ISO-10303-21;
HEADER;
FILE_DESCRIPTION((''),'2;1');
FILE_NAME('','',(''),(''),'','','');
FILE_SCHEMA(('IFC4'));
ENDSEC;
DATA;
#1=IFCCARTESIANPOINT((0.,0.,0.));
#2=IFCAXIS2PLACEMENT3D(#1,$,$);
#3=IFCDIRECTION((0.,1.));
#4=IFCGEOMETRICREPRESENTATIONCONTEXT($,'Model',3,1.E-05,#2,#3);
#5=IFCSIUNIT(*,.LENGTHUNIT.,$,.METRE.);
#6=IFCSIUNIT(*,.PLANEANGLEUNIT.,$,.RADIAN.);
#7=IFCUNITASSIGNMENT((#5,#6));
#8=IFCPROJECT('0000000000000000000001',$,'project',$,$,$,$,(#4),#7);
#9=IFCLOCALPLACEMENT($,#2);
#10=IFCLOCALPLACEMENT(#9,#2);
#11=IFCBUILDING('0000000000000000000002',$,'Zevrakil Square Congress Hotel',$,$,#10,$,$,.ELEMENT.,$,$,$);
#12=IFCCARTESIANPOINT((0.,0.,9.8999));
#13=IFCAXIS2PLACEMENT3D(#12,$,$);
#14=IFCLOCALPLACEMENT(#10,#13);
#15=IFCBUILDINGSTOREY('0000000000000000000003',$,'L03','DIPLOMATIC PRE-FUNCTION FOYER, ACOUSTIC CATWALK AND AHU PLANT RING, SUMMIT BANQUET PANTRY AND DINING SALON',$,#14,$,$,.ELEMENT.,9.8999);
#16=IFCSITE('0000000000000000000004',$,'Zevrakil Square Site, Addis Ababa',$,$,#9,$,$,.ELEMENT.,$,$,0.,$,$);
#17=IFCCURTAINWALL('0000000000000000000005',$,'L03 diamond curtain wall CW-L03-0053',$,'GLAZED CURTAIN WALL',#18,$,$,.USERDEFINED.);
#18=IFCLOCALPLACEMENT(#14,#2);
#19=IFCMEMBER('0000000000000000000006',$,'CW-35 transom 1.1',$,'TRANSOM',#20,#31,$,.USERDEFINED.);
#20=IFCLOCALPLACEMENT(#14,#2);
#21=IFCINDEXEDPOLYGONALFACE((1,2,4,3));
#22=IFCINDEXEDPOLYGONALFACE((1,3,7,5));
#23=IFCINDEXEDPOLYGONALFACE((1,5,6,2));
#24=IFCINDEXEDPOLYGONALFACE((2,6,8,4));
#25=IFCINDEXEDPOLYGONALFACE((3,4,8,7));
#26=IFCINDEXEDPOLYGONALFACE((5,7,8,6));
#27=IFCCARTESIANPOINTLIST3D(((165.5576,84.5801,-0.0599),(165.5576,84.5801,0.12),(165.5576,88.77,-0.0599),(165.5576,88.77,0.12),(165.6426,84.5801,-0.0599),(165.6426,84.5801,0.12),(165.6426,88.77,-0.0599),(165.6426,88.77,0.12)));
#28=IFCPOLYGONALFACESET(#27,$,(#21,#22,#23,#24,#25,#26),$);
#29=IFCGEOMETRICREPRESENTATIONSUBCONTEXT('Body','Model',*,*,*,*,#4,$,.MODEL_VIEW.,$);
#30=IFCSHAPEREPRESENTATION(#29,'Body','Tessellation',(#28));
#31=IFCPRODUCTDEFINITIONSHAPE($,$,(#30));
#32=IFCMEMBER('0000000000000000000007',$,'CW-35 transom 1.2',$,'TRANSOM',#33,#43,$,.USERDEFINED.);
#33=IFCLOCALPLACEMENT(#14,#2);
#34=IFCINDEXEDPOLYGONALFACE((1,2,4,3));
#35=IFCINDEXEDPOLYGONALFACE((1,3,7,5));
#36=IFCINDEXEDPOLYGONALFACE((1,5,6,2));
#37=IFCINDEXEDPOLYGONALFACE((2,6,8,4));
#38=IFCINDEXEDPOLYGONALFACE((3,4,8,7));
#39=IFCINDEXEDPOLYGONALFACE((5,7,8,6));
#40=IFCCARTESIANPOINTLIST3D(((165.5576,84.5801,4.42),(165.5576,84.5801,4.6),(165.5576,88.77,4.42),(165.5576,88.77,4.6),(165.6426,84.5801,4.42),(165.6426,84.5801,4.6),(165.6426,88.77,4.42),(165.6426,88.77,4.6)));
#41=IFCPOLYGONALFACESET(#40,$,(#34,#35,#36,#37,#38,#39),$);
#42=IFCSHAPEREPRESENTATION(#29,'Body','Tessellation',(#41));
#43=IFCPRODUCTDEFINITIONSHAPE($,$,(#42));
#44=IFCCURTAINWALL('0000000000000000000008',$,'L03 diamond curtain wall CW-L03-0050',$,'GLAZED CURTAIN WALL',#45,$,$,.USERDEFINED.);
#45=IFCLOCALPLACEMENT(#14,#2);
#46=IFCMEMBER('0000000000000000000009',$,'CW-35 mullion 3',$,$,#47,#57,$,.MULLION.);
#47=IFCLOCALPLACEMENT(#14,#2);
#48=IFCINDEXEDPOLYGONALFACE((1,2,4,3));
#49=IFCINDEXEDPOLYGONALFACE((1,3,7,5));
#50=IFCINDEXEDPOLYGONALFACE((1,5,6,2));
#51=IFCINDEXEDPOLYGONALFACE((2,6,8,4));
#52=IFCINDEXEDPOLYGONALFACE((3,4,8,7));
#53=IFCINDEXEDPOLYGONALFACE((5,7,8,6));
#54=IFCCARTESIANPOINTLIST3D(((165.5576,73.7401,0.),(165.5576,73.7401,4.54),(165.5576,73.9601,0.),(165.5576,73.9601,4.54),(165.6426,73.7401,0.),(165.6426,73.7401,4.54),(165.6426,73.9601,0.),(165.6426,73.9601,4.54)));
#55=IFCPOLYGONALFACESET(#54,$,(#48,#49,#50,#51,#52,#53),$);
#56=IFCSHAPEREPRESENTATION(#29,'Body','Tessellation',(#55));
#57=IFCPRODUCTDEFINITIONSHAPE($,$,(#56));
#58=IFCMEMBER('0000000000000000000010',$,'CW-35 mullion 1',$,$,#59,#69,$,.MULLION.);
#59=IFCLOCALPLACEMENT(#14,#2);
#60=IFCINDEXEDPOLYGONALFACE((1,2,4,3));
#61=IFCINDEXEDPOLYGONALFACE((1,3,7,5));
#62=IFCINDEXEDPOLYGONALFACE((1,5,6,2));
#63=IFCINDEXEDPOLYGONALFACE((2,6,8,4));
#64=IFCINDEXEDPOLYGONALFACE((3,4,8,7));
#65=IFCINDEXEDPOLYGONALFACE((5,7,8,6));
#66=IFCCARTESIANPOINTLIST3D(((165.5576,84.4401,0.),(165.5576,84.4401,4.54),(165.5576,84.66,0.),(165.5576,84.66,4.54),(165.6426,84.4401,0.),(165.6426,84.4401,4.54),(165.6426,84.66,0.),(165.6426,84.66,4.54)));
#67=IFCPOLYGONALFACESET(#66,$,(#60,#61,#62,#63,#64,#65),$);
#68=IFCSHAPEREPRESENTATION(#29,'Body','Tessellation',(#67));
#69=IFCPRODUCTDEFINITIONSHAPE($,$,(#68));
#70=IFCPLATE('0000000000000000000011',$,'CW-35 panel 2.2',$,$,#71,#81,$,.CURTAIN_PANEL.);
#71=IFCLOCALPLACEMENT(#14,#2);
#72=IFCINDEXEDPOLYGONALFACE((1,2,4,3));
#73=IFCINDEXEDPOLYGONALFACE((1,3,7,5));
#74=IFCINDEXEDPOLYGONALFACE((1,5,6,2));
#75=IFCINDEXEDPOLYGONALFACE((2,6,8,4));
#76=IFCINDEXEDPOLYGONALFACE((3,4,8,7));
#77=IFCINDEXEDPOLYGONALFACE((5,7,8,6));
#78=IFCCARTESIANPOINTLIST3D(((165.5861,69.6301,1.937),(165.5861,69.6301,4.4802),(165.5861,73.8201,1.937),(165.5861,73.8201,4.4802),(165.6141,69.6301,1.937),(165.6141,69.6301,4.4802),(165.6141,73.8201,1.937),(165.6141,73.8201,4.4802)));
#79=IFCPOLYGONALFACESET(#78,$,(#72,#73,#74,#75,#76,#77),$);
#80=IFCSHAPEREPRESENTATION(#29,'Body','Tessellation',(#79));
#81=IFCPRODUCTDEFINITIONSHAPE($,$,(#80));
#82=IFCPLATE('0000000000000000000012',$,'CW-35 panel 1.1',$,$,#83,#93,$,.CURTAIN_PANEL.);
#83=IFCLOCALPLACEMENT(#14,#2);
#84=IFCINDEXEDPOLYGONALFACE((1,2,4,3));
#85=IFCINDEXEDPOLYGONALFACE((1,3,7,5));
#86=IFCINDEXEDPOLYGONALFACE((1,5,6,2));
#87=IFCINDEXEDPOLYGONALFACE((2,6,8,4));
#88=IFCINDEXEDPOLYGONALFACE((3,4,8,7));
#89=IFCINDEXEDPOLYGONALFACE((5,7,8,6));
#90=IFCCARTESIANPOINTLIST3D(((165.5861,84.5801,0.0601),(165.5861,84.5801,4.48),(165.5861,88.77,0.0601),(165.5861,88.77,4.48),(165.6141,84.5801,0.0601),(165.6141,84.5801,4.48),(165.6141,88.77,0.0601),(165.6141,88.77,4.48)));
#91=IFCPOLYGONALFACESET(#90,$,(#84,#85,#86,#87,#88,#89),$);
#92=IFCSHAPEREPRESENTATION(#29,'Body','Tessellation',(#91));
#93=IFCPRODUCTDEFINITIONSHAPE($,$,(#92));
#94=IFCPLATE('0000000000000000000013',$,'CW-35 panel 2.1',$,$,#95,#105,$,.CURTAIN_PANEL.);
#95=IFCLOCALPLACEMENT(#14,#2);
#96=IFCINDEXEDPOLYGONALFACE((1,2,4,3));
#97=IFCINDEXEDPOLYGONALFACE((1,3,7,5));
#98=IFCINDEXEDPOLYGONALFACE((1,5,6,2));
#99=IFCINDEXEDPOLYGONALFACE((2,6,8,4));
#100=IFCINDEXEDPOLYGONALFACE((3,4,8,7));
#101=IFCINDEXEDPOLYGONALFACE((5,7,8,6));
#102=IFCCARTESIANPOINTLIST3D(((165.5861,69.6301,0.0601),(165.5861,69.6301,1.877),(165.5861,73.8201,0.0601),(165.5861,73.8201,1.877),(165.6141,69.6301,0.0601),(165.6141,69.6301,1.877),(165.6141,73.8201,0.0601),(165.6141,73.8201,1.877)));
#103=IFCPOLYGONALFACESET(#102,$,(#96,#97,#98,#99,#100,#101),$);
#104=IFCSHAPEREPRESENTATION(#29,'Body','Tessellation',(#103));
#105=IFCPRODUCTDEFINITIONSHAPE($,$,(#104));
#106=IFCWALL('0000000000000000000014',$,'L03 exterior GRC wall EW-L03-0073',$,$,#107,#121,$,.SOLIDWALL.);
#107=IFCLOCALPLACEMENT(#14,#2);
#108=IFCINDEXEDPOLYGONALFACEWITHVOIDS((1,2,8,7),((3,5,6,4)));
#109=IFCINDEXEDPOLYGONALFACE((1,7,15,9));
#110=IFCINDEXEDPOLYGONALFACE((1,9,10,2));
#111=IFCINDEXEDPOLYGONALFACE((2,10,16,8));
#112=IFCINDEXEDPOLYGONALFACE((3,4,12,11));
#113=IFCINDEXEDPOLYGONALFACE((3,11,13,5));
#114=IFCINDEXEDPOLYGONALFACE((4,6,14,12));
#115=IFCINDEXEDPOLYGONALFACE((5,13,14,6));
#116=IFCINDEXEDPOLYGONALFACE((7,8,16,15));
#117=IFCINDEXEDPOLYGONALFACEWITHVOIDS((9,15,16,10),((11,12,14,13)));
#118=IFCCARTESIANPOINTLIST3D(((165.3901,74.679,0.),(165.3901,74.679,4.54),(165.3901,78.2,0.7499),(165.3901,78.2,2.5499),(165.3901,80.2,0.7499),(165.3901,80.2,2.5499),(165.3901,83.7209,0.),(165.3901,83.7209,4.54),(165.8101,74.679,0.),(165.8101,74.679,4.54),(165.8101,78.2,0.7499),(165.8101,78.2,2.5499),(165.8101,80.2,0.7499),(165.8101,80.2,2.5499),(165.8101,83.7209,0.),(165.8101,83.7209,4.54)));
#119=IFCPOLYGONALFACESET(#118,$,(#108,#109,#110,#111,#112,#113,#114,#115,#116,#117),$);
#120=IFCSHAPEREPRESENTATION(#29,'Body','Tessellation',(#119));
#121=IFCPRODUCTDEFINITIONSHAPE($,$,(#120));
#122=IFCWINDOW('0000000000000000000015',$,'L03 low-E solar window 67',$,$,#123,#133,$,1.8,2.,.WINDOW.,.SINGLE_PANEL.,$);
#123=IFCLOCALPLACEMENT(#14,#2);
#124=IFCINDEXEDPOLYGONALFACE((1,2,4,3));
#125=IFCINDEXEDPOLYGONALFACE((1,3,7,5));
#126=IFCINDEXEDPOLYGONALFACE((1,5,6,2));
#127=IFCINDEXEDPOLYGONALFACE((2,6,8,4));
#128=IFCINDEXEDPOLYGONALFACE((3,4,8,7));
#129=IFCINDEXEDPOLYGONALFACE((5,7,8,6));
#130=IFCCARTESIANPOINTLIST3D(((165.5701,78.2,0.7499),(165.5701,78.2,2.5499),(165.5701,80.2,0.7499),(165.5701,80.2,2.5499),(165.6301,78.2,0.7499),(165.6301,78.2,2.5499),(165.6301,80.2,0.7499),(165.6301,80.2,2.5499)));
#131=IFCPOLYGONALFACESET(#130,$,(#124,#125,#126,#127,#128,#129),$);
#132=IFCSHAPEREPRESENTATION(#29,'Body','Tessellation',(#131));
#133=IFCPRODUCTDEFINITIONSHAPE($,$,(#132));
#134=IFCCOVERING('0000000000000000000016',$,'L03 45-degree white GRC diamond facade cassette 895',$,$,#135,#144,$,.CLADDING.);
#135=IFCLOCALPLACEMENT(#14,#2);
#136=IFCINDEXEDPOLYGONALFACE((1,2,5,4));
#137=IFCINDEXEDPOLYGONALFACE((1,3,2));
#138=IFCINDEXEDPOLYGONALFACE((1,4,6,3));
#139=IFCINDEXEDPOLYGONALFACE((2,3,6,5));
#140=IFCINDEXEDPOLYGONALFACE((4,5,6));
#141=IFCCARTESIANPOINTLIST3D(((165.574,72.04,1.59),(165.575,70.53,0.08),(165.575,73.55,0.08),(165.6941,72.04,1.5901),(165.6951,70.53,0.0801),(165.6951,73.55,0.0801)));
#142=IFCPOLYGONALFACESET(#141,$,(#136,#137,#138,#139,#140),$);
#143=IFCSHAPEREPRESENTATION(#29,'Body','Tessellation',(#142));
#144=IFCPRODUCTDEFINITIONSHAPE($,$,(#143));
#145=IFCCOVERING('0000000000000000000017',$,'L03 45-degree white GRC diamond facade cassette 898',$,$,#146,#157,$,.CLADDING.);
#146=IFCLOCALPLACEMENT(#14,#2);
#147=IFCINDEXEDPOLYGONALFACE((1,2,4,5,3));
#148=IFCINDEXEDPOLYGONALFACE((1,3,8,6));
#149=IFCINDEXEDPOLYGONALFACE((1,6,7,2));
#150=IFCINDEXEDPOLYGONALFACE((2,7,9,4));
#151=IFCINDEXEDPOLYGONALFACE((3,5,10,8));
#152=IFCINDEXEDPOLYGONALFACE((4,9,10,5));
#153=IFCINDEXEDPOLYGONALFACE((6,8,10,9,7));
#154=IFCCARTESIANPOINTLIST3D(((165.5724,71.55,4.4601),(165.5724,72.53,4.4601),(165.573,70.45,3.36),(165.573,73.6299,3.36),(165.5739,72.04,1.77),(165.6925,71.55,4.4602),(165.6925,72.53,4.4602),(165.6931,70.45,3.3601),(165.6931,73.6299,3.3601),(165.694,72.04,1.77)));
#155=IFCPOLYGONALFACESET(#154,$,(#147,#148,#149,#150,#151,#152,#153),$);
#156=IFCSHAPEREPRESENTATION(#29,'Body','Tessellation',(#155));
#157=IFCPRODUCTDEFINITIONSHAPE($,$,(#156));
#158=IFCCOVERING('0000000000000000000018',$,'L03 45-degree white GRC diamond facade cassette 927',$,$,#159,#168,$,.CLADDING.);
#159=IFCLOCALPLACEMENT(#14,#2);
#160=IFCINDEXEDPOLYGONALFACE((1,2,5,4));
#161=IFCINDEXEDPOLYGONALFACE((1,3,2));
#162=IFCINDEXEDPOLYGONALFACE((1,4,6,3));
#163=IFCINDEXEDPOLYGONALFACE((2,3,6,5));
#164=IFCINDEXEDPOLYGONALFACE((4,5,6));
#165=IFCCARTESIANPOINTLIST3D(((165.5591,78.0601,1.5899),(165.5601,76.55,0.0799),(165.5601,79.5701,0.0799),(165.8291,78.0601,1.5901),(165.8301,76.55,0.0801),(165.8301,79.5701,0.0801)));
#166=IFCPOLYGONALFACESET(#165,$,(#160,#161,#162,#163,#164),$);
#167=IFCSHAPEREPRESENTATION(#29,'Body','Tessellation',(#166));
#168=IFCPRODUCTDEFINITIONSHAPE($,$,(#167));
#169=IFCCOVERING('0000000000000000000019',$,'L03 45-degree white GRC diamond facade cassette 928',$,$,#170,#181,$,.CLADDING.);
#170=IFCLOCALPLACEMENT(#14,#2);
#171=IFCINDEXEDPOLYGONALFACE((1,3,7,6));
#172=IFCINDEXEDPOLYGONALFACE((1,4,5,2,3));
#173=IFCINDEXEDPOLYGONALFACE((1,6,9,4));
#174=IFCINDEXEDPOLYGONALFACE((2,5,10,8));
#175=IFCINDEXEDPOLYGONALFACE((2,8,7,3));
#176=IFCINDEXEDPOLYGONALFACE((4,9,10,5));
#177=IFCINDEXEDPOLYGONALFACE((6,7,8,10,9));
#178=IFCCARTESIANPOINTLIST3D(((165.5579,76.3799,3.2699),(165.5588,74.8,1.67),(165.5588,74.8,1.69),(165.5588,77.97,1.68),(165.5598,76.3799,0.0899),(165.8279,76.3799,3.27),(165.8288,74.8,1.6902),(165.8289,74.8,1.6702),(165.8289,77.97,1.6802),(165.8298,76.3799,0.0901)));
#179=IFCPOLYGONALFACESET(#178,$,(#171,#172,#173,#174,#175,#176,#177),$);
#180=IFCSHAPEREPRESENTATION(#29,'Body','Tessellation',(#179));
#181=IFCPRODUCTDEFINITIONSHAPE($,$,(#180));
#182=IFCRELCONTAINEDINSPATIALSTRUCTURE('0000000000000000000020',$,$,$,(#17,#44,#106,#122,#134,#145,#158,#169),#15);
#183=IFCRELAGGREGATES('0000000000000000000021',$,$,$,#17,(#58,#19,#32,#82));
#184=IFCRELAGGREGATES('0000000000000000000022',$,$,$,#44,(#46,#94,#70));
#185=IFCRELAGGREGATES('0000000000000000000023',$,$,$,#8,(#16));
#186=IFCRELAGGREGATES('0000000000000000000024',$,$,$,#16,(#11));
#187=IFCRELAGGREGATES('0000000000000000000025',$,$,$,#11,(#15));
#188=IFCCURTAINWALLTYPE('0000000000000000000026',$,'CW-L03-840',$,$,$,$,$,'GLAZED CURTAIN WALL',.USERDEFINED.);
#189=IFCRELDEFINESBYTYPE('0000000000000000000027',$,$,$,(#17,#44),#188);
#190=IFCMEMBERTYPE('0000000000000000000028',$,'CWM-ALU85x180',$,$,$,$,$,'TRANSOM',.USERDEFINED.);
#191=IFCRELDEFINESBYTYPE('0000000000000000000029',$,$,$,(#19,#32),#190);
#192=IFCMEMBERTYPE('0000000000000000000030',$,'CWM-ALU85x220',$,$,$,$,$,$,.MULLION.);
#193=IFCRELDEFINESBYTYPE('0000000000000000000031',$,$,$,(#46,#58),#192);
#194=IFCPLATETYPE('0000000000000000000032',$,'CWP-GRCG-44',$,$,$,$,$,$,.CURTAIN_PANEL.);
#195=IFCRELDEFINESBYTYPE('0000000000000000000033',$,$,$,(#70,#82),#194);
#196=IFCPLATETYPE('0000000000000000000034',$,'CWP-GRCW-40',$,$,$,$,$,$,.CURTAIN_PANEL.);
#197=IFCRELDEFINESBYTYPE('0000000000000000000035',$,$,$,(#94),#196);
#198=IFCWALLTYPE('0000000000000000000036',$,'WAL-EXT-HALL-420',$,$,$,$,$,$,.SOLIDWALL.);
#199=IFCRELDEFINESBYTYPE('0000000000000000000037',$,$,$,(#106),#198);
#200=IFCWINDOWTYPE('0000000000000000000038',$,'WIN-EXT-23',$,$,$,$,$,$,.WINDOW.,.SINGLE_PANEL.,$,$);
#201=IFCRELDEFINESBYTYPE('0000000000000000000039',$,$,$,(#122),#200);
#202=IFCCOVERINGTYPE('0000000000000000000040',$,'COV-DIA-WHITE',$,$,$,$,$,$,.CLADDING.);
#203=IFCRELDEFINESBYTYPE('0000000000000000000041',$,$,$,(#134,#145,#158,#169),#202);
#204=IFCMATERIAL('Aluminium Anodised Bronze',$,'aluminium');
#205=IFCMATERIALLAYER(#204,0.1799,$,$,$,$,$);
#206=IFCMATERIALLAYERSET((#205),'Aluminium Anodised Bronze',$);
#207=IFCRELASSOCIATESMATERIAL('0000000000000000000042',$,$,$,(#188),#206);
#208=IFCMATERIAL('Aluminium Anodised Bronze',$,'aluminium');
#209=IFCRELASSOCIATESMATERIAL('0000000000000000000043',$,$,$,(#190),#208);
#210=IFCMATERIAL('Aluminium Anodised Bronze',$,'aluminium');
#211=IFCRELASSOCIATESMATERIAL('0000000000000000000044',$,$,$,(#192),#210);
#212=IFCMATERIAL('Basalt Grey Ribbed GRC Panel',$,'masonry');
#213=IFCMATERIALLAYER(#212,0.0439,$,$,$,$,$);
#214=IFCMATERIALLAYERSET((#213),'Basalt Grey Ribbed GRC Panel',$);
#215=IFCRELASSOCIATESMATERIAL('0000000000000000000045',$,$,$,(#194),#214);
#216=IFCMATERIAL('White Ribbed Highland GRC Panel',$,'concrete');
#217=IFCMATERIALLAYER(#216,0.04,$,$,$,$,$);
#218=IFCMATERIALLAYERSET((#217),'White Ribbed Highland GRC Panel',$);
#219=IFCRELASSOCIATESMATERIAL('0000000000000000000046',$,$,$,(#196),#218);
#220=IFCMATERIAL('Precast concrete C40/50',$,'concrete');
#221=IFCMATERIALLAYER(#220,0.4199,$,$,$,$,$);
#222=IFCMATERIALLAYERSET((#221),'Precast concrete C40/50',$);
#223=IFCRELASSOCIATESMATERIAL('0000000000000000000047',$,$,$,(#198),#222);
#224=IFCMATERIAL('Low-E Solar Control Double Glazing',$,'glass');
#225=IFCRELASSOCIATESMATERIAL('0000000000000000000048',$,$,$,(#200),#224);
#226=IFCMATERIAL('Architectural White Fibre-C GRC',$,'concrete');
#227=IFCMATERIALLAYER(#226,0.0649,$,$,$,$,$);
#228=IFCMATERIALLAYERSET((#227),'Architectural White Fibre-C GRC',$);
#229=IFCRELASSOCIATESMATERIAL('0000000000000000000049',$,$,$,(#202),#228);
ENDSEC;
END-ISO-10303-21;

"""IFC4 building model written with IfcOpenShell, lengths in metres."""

from ifc_helpers import new_model, si_unit, direction, frame, frame_2d, origin, origin_2d, place, context, subcontext, project, spatial, polyline, rectangle, outline, extrude, material, layer, layer_set, material_profile, profile_set, type_object, element, fill, aggregate, save


model = new_model("IFC4")

# Units and contexts
model_context = context("Model", 3, precision=1e-05, world=origin(), true_north=direction((0.0, 1.0)))
body_context = subcontext(model_context, "Body", "Model", "MODEL_VIEW")
ifc_project = project(units=[si_unit("LENGTHUNIT", "METRE"), si_unit("PLANEANGLEUNIT", "RADIAN")], contexts=[model_context])

# Site, building, storey
site_placement = place(None, origin())
site = spatial("IfcSite", under=ifc_project, at=site_placement, Name="Zevrakil Square Site, Addis Ababa", CompositionType="ELEMENT", RefElevation=0.0)
building_placement = place(site_placement, origin())
building = spatial("IfcBuilding", under=site, at=building_placement, Name="Zevrakil Square Congress Hotel", CompositionType="ELEMENT")
storey_placement = place(building_placement, frame((0.0, 0.0, 9.8999)))
storey = spatial("IfcBuildingStorey", under=building, at=storey_placement, Name="L03", Description="DIPLOMATIC PRE-FUNCTION FOYER, ACOUSTIC CATWALK AND AHU PLANT RING, SUMMIT BANQUET PANTRY AND DINING SALON", CompositionType="ELEMENT", Elevation=9.8999)

# Curtain wall, members
ifc_material_1 = material(Name="Aluminium Anodised Bronze", Category="aluminium")
ifc_layer_1 = layer(ifc_material_1, 0.1799)
ifc_layer_set_1 = layer_set([ifc_layer_1], Name="Aluminium Anodised Bronze")
curtain_wall_type = type_object("IfcCurtainWallType", Name="CW-L03-840", ElementType="GLAZED CURTAIN WALL", PredefinedType="USERDEFINED", material=ifc_layer_set_1)
curtain_wall_1_placement = place(storey_placement, origin())
curtain_wall_1 = element("IfcCurtainWall", 1, at=curtain_wall_1_placement, inside=storey, type_object=curtain_wall_type, Name="L03 diamond curtain wall CW-L03-0053", ObjectType="GLAZED CURTAIN WALL", PredefinedType="USERDEFINED")
ifc_material_2 = material(Name="Aluminium Anodised Bronze", Category="aluminium")
ifc_material_profile_1 = material_profile(ifc_material_2, rectangle(XDim=0.085, YDim=0.1799, at=origin_2d()), Name="ALU 85x180")
ifc_profile_set_1 = profile_set([ifc_material_profile_1], Name="Aluminium Anodised Bronze")
member_type_1 = type_object("IfcMemberType", Name="CWM-ALU85x180", ElementType="TRANSOM", PredefinedType="USERDEFINED", material=ifc_profile_set_1)
member_1_placement = place(storey_placement, frame((165.6001, 84.5801, 0.03), z_axis=(0.0, 1.0, 0.0), x_axis=(-1.0, 0.0, 0.0)))
member_1 = element("IfcMember", 2, at=member_1_placement, type_object=member_type_1, Name="CW-35 transom 1.1", ObjectType="TRANSOM", PredefinedType="USERDEFINED", context=body_context, shape_type="SweptSolid", body=[
    extrude(rectangle(XDim=0.085, YDim=0.1799, at=origin_2d()), origin(), (0.0, 0.0, 1.0), 4.1899),
])
member_2_placement = place(storey_placement, frame((165.6001, 84.5801, 4.51), z_axis=(0.0, 1.0, 0.0), x_axis=(-1.0, 0.0, 0.0)))
member_2 = element("IfcMember", 3, at=member_2_placement, type_object=member_type_1, Name="CW-35 transom 1.2", ObjectType="TRANSOM", PredefinedType="USERDEFINED", context=body_context, shape_type="SweptSolid", body=[
    extrude(rectangle(XDim=0.085, YDim=0.1799, at=origin_2d()), origin(), (0.0, 0.0, 1.0), 4.1899),
])

# Curtain wall, member
curtain_wall_2_placement = place(storey_placement, origin())
curtain_wall_2 = element("IfcCurtainWall", 4, at=curtain_wall_2_placement, inside=storey, type_object=curtain_wall_type, Name="L03 diamond curtain wall CW-L03-0050", ObjectType="GLAZED CURTAIN WALL", PredefinedType="USERDEFINED")
ifc_material_3 = material(Name="Aluminium Anodised Bronze", Category="aluminium")
ifc_material_profile_2 = material_profile(ifc_material_3, rectangle(XDim=0.085, YDim=0.22, at=origin_2d()), Name="ALU 85x220")
ifc_profile_set_2 = profile_set([ifc_material_profile_2], Name="Aluminium Anodised Bronze")
member_type_2 = type_object("IfcMemberType", Name="CWM-ALU85x220", PredefinedType="MULLION", material=ifc_profile_set_2)
member_3_placement = place(storey_placement, frame((165.6001, 73.8501, 0.0), z_axis=(0.0, 0.0, 1.0), x_axis=(-1.0, 0.0, 0.0)))
member_3 = element("IfcMember", 5, at=member_3_placement, type_object=member_type_2, Name="CW-35 mullion 3", PredefinedType="MULLION", context=body_context, shape_type="SweptSolid", body=[
    extrude(rectangle(XDim=0.085, YDim=0.22, at=origin_2d()), origin(), (0.0, 0.0, 1.0), 4.54),
])

# Member
member_4_placement = place(storey_placement, frame((165.6001, 84.55, 0.0), z_axis=(0.0, 0.0, 1.0), x_axis=(-1.0, 0.0, 0.0)))
member_4 = element("IfcMember", 6, at=member_4_placement, type_object=member_type_2, Name="CW-35 mullion 1", PredefinedType="MULLION", context=body_context, shape_type="SweptSolid", body=[
    extrude(rectangle(XDim=0.085, YDim=0.22, at=origin_2d()), origin(), (0.0, 0.0, 1.0), 4.54),
])

# Plates
ifc_material_4 = material(Name="Basalt Grey Ribbed GRC Panel", Category="masonry")
ifc_layer_2 = layer(ifc_material_4, 0.0439)
ifc_layer_set_2 = layer_set([ifc_layer_2], Name="Basalt Grey Ribbed GRC Panel")
plate_type_1 = type_object("IfcPlateType", Name="CWP-GRCG-44", PredefinedType="CURTAIN_PANEL", material=ifc_layer_set_2)
plate_1_placement = place(storey_placement, frame((165.6001, 71.7251, 1.937), z_axis=(0.0, 0.0, 1.0), x_axis=(0.0, 1.0, 0.0)))
plate_1 = element("IfcPlate", 7, at=plate_1_placement, type_object=plate_type_1, Name="CW-35 panel 2.2", PredefinedType="CURTAIN_PANEL", context=body_context, shape_type="SweptSolid", body=[
    extrude(rectangle(XDim=4.1899, YDim=0.0281, at=origin_2d()), origin(), (0.0, 0.0, 1.0), 2.5432),
])
plate_2_placement = place(storey_placement, frame((165.6001, 86.675, 0.0601), z_axis=(0.0, 0.0, 1.0), x_axis=(0.0, 1.0, 0.0)))
plate_2 = element("IfcPlate", 8, at=plate_2_placement, type_object=plate_type_1, Name="CW-35 panel 1.1", PredefinedType="CURTAIN_PANEL", context=body_context, shape_type="SweptSolid", body=[
    extrude(rectangle(XDim=4.1899, YDim=0.0281, at=origin_2d()), origin(), (0.0, 0.0, 1.0), 4.4199),
])
aggregate(curtain_wall_1, [member_4, member_1, member_2, plate_2])
ifc_material_5 = material(Name="White Ribbed Highland GRC Panel", Category="concrete")
ifc_layer_3 = layer(ifc_material_5, 0.04)
ifc_layer_set_3 = layer_set([ifc_layer_3], Name="White Ribbed Highland GRC Panel")
plate_type_2 = type_object("IfcPlateType", Name="CWP-GRCW-40", PredefinedType="CURTAIN_PANEL", material=ifc_layer_set_3)
plate_3_placement = place(storey_placement, frame((165.6001, 71.7251, 0.0601), z_axis=(0.0, 0.0, 1.0), x_axis=(0.0, 1.0, 0.0)))
plate_3 = element("IfcPlate", 9, at=plate_3_placement, type_object=plate_type_2, Name="CW-35 panel 2.1", PredefinedType="CURTAIN_PANEL", context=body_context, shape_type="SweptSolid", body=[
    extrude(rectangle(XDim=4.1899, YDim=0.0281, at=origin_2d()), origin(), (0.0, 0.0, 1.0), 1.8169),
])
aggregate(curtain_wall_2, [member_3, plate_3, plate_1])

# Wall, opening, window
ifc_material_6 = material(Name="Precast concrete C40/50", Category="concrete")
ifc_layer_4 = layer(ifc_material_6, 0.4199)
ifc_layer_set_4 = layer_set([ifc_layer_4], Name="Precast concrete C40/50")
wall_type = type_object("IfcWallType", Name="WAL-EXT-HALL-420", PredefinedType="SOLIDWALL", material=ifc_layer_set_4)
wall_placement = place(storey_placement, frame((165.6001, 74.679, 0.0), z_axis=(0.0, 0.0, 1.0), x_axis=(0.0, 1.0, 0.0)))
wall = element("IfcWall", 10, at=wall_placement, inside=storey, type_object=wall_type, Name="L03 exterior GRC wall EW-L03-0073", PredefinedType="SOLIDWALL", context=body_context, shape_type="SweptSolid", body=[
    extrude(rectangle(XDim=9.042, YDim=0.4199, at=frame_2d((4.521, 0.0))), origin(), (0.0, 0.0, 1.0), 4.54),
])
opening_placement = place(wall_placement, frame((3.521, 0.0, 0.75)))
opening = element("IfcOpeningElement", 11, at=opening_placement, cuts=wall, PredefinedType="OPENING", context=body_context, shape_type="SweptSolid", body=[
    extrude(rectangle(XDim=2.0, YDim=1.8, at=frame_2d((1.0, 0.8999))), frame((0.0, 0.22, 0.0), z_axis=(0.0, -1.0, 0.0), x_axis=(1.0, 0.0, 0.0)), (0.0, 0.0, 1.0), 0.4399),
])
ifc_material_7 = material(Name="Low-E Solar Control Double Glazing", Category="glass")
window_type = type_object("IfcWindowType", Name="WIN-EXT-23", PartitioningType="SINGLE_PANEL", PredefinedType="WINDOW", material=ifc_material_7)
window_placement = place(opening_placement, origin())
window = element("IfcWindow", 12, at=window_placement, inside=storey, type_object=window_type, Name="L03 low-E solar window 67", OverallHeight=1.8, OverallWidth=2.0, PartitioningType="SINGLE_PANEL", PredefinedType="WINDOW", context=body_context, shape_type="SweptSolid", body=[
    extrude(rectangle(XDim=2.0, YDim=1.8, at=frame_2d((1.0, 0.8999))), frame((0.0, 0.03, 0.0), z_axis=(0.0, -1.0, 0.0), x_axis=(1.0, 0.0, 0.0)), (0.0, 0.0, 1.0), 0.0601),
])
fill(opening, window)

# Coverings
ifc_material_8 = material(Name="Architectural White Fibre-C GRC", Category="concrete")
ifc_layer_5 = layer(ifc_material_8, 0.0649)
ifc_layer_set_5 = layer_set([ifc_layer_5], Name="Architectural White Fibre-C GRC")
covering_type_1 = type_object("IfcCoveringType", Name="COV-DIA-WHITE", PredefinedType="CLADDING", material=ifc_layer_set_5)
covering_1_placement = place(storey_placement, frame((165.6941, 72.04, 1.5901), z_axis=(1.0, 0.0, 0.000647), x_axis=(0.000457, 0.707107, -0.707107)))
element("IfcCovering", 13, at=covering_1_placement, inside=storey, type_object=covering_type_1, Name="L03 45-degree white GRC diamond facade cassette 895", PredefinedType="CLADDING", context=body_context, shape_type="SweptSolid", body=[
    extrude(outline(polyline([(0.0, 0.0), (2.1355, 0.0), (0.0, -2.1355), (0.0, 0.0)])), origin(), (0.0, 0.0, -1.0), 0.1201),
])
covering_2_placement = place(storey_placement, frame((165.6931, 73.6299, 3.3601), z_axis=(1.0, 0.0, 0.000558), x_axis=(0.000395, -0.707052, -0.707161)))
element("IfcCovering", 14, at=covering_2_placement, inside=storey, type_object=covering_type_1, Name="L03 45-degree white GRC diamond facade cassette 898", PredefinedType="CLADDING", context=body_context, shape_type="SweptSolid", body=[
    extrude(outline(polyline([(0.0, 0.0), (2.2486, 0.0), (2.2484, -2.2487), (0.6926, -2.2486), (-0.0003, -1.5556), (0.0, 0.0)])), origin(), (0.0, 0.0, -1.0), 0.1201),
])
covering_3_placement = place(storey_placement, frame((165.8291, 78.0601, 1.5901), z_axis=(1.0, 0.0, 0.000647), x_axis=(0.000457, 0.707107, -0.707107)))
element("IfcCovering", 15, at=covering_3_placement, inside=storey, type_object=covering_type_1, Name="L03 45-degree white GRC diamond facade cassette 927", PredefinedType="CLADDING", context=body_context, shape_type="SweptSolid", body=[
    extrude(outline(polyline([(0.0, 0.0), (2.1355, 0.0), (0.0, -2.1355), (0.0, 0.0)])), origin(), (0.0, 0.0, -1.0), 0.27),
])
covering_4_placement = place(storey_placement, frame((165.8279, 76.3799, 3.27), z_axis=(1.0, 0.0, 0.000612), x_axis=(0.000433, 0.707161, -0.707052)))
element("IfcCovering", 16, at=covering_4_placement, inside=storey, type_object=covering_type_1, Name="L03 45-degree white GRC diamond facade cassette 928", PredefinedType="CLADDING", context=body_context, shape_type="SweptSolid", body=[
    extrude(outline(polyline([(0.0, 0.0), (2.2486, 0.0), (2.2484, -2.2487), (0.014, -2.2484), (-0.0002, -2.2342), (0.0, 0.0)])), origin(), (0.0, 0.0, -1.0), 0.27),
])

save(model, "model.ifc")
